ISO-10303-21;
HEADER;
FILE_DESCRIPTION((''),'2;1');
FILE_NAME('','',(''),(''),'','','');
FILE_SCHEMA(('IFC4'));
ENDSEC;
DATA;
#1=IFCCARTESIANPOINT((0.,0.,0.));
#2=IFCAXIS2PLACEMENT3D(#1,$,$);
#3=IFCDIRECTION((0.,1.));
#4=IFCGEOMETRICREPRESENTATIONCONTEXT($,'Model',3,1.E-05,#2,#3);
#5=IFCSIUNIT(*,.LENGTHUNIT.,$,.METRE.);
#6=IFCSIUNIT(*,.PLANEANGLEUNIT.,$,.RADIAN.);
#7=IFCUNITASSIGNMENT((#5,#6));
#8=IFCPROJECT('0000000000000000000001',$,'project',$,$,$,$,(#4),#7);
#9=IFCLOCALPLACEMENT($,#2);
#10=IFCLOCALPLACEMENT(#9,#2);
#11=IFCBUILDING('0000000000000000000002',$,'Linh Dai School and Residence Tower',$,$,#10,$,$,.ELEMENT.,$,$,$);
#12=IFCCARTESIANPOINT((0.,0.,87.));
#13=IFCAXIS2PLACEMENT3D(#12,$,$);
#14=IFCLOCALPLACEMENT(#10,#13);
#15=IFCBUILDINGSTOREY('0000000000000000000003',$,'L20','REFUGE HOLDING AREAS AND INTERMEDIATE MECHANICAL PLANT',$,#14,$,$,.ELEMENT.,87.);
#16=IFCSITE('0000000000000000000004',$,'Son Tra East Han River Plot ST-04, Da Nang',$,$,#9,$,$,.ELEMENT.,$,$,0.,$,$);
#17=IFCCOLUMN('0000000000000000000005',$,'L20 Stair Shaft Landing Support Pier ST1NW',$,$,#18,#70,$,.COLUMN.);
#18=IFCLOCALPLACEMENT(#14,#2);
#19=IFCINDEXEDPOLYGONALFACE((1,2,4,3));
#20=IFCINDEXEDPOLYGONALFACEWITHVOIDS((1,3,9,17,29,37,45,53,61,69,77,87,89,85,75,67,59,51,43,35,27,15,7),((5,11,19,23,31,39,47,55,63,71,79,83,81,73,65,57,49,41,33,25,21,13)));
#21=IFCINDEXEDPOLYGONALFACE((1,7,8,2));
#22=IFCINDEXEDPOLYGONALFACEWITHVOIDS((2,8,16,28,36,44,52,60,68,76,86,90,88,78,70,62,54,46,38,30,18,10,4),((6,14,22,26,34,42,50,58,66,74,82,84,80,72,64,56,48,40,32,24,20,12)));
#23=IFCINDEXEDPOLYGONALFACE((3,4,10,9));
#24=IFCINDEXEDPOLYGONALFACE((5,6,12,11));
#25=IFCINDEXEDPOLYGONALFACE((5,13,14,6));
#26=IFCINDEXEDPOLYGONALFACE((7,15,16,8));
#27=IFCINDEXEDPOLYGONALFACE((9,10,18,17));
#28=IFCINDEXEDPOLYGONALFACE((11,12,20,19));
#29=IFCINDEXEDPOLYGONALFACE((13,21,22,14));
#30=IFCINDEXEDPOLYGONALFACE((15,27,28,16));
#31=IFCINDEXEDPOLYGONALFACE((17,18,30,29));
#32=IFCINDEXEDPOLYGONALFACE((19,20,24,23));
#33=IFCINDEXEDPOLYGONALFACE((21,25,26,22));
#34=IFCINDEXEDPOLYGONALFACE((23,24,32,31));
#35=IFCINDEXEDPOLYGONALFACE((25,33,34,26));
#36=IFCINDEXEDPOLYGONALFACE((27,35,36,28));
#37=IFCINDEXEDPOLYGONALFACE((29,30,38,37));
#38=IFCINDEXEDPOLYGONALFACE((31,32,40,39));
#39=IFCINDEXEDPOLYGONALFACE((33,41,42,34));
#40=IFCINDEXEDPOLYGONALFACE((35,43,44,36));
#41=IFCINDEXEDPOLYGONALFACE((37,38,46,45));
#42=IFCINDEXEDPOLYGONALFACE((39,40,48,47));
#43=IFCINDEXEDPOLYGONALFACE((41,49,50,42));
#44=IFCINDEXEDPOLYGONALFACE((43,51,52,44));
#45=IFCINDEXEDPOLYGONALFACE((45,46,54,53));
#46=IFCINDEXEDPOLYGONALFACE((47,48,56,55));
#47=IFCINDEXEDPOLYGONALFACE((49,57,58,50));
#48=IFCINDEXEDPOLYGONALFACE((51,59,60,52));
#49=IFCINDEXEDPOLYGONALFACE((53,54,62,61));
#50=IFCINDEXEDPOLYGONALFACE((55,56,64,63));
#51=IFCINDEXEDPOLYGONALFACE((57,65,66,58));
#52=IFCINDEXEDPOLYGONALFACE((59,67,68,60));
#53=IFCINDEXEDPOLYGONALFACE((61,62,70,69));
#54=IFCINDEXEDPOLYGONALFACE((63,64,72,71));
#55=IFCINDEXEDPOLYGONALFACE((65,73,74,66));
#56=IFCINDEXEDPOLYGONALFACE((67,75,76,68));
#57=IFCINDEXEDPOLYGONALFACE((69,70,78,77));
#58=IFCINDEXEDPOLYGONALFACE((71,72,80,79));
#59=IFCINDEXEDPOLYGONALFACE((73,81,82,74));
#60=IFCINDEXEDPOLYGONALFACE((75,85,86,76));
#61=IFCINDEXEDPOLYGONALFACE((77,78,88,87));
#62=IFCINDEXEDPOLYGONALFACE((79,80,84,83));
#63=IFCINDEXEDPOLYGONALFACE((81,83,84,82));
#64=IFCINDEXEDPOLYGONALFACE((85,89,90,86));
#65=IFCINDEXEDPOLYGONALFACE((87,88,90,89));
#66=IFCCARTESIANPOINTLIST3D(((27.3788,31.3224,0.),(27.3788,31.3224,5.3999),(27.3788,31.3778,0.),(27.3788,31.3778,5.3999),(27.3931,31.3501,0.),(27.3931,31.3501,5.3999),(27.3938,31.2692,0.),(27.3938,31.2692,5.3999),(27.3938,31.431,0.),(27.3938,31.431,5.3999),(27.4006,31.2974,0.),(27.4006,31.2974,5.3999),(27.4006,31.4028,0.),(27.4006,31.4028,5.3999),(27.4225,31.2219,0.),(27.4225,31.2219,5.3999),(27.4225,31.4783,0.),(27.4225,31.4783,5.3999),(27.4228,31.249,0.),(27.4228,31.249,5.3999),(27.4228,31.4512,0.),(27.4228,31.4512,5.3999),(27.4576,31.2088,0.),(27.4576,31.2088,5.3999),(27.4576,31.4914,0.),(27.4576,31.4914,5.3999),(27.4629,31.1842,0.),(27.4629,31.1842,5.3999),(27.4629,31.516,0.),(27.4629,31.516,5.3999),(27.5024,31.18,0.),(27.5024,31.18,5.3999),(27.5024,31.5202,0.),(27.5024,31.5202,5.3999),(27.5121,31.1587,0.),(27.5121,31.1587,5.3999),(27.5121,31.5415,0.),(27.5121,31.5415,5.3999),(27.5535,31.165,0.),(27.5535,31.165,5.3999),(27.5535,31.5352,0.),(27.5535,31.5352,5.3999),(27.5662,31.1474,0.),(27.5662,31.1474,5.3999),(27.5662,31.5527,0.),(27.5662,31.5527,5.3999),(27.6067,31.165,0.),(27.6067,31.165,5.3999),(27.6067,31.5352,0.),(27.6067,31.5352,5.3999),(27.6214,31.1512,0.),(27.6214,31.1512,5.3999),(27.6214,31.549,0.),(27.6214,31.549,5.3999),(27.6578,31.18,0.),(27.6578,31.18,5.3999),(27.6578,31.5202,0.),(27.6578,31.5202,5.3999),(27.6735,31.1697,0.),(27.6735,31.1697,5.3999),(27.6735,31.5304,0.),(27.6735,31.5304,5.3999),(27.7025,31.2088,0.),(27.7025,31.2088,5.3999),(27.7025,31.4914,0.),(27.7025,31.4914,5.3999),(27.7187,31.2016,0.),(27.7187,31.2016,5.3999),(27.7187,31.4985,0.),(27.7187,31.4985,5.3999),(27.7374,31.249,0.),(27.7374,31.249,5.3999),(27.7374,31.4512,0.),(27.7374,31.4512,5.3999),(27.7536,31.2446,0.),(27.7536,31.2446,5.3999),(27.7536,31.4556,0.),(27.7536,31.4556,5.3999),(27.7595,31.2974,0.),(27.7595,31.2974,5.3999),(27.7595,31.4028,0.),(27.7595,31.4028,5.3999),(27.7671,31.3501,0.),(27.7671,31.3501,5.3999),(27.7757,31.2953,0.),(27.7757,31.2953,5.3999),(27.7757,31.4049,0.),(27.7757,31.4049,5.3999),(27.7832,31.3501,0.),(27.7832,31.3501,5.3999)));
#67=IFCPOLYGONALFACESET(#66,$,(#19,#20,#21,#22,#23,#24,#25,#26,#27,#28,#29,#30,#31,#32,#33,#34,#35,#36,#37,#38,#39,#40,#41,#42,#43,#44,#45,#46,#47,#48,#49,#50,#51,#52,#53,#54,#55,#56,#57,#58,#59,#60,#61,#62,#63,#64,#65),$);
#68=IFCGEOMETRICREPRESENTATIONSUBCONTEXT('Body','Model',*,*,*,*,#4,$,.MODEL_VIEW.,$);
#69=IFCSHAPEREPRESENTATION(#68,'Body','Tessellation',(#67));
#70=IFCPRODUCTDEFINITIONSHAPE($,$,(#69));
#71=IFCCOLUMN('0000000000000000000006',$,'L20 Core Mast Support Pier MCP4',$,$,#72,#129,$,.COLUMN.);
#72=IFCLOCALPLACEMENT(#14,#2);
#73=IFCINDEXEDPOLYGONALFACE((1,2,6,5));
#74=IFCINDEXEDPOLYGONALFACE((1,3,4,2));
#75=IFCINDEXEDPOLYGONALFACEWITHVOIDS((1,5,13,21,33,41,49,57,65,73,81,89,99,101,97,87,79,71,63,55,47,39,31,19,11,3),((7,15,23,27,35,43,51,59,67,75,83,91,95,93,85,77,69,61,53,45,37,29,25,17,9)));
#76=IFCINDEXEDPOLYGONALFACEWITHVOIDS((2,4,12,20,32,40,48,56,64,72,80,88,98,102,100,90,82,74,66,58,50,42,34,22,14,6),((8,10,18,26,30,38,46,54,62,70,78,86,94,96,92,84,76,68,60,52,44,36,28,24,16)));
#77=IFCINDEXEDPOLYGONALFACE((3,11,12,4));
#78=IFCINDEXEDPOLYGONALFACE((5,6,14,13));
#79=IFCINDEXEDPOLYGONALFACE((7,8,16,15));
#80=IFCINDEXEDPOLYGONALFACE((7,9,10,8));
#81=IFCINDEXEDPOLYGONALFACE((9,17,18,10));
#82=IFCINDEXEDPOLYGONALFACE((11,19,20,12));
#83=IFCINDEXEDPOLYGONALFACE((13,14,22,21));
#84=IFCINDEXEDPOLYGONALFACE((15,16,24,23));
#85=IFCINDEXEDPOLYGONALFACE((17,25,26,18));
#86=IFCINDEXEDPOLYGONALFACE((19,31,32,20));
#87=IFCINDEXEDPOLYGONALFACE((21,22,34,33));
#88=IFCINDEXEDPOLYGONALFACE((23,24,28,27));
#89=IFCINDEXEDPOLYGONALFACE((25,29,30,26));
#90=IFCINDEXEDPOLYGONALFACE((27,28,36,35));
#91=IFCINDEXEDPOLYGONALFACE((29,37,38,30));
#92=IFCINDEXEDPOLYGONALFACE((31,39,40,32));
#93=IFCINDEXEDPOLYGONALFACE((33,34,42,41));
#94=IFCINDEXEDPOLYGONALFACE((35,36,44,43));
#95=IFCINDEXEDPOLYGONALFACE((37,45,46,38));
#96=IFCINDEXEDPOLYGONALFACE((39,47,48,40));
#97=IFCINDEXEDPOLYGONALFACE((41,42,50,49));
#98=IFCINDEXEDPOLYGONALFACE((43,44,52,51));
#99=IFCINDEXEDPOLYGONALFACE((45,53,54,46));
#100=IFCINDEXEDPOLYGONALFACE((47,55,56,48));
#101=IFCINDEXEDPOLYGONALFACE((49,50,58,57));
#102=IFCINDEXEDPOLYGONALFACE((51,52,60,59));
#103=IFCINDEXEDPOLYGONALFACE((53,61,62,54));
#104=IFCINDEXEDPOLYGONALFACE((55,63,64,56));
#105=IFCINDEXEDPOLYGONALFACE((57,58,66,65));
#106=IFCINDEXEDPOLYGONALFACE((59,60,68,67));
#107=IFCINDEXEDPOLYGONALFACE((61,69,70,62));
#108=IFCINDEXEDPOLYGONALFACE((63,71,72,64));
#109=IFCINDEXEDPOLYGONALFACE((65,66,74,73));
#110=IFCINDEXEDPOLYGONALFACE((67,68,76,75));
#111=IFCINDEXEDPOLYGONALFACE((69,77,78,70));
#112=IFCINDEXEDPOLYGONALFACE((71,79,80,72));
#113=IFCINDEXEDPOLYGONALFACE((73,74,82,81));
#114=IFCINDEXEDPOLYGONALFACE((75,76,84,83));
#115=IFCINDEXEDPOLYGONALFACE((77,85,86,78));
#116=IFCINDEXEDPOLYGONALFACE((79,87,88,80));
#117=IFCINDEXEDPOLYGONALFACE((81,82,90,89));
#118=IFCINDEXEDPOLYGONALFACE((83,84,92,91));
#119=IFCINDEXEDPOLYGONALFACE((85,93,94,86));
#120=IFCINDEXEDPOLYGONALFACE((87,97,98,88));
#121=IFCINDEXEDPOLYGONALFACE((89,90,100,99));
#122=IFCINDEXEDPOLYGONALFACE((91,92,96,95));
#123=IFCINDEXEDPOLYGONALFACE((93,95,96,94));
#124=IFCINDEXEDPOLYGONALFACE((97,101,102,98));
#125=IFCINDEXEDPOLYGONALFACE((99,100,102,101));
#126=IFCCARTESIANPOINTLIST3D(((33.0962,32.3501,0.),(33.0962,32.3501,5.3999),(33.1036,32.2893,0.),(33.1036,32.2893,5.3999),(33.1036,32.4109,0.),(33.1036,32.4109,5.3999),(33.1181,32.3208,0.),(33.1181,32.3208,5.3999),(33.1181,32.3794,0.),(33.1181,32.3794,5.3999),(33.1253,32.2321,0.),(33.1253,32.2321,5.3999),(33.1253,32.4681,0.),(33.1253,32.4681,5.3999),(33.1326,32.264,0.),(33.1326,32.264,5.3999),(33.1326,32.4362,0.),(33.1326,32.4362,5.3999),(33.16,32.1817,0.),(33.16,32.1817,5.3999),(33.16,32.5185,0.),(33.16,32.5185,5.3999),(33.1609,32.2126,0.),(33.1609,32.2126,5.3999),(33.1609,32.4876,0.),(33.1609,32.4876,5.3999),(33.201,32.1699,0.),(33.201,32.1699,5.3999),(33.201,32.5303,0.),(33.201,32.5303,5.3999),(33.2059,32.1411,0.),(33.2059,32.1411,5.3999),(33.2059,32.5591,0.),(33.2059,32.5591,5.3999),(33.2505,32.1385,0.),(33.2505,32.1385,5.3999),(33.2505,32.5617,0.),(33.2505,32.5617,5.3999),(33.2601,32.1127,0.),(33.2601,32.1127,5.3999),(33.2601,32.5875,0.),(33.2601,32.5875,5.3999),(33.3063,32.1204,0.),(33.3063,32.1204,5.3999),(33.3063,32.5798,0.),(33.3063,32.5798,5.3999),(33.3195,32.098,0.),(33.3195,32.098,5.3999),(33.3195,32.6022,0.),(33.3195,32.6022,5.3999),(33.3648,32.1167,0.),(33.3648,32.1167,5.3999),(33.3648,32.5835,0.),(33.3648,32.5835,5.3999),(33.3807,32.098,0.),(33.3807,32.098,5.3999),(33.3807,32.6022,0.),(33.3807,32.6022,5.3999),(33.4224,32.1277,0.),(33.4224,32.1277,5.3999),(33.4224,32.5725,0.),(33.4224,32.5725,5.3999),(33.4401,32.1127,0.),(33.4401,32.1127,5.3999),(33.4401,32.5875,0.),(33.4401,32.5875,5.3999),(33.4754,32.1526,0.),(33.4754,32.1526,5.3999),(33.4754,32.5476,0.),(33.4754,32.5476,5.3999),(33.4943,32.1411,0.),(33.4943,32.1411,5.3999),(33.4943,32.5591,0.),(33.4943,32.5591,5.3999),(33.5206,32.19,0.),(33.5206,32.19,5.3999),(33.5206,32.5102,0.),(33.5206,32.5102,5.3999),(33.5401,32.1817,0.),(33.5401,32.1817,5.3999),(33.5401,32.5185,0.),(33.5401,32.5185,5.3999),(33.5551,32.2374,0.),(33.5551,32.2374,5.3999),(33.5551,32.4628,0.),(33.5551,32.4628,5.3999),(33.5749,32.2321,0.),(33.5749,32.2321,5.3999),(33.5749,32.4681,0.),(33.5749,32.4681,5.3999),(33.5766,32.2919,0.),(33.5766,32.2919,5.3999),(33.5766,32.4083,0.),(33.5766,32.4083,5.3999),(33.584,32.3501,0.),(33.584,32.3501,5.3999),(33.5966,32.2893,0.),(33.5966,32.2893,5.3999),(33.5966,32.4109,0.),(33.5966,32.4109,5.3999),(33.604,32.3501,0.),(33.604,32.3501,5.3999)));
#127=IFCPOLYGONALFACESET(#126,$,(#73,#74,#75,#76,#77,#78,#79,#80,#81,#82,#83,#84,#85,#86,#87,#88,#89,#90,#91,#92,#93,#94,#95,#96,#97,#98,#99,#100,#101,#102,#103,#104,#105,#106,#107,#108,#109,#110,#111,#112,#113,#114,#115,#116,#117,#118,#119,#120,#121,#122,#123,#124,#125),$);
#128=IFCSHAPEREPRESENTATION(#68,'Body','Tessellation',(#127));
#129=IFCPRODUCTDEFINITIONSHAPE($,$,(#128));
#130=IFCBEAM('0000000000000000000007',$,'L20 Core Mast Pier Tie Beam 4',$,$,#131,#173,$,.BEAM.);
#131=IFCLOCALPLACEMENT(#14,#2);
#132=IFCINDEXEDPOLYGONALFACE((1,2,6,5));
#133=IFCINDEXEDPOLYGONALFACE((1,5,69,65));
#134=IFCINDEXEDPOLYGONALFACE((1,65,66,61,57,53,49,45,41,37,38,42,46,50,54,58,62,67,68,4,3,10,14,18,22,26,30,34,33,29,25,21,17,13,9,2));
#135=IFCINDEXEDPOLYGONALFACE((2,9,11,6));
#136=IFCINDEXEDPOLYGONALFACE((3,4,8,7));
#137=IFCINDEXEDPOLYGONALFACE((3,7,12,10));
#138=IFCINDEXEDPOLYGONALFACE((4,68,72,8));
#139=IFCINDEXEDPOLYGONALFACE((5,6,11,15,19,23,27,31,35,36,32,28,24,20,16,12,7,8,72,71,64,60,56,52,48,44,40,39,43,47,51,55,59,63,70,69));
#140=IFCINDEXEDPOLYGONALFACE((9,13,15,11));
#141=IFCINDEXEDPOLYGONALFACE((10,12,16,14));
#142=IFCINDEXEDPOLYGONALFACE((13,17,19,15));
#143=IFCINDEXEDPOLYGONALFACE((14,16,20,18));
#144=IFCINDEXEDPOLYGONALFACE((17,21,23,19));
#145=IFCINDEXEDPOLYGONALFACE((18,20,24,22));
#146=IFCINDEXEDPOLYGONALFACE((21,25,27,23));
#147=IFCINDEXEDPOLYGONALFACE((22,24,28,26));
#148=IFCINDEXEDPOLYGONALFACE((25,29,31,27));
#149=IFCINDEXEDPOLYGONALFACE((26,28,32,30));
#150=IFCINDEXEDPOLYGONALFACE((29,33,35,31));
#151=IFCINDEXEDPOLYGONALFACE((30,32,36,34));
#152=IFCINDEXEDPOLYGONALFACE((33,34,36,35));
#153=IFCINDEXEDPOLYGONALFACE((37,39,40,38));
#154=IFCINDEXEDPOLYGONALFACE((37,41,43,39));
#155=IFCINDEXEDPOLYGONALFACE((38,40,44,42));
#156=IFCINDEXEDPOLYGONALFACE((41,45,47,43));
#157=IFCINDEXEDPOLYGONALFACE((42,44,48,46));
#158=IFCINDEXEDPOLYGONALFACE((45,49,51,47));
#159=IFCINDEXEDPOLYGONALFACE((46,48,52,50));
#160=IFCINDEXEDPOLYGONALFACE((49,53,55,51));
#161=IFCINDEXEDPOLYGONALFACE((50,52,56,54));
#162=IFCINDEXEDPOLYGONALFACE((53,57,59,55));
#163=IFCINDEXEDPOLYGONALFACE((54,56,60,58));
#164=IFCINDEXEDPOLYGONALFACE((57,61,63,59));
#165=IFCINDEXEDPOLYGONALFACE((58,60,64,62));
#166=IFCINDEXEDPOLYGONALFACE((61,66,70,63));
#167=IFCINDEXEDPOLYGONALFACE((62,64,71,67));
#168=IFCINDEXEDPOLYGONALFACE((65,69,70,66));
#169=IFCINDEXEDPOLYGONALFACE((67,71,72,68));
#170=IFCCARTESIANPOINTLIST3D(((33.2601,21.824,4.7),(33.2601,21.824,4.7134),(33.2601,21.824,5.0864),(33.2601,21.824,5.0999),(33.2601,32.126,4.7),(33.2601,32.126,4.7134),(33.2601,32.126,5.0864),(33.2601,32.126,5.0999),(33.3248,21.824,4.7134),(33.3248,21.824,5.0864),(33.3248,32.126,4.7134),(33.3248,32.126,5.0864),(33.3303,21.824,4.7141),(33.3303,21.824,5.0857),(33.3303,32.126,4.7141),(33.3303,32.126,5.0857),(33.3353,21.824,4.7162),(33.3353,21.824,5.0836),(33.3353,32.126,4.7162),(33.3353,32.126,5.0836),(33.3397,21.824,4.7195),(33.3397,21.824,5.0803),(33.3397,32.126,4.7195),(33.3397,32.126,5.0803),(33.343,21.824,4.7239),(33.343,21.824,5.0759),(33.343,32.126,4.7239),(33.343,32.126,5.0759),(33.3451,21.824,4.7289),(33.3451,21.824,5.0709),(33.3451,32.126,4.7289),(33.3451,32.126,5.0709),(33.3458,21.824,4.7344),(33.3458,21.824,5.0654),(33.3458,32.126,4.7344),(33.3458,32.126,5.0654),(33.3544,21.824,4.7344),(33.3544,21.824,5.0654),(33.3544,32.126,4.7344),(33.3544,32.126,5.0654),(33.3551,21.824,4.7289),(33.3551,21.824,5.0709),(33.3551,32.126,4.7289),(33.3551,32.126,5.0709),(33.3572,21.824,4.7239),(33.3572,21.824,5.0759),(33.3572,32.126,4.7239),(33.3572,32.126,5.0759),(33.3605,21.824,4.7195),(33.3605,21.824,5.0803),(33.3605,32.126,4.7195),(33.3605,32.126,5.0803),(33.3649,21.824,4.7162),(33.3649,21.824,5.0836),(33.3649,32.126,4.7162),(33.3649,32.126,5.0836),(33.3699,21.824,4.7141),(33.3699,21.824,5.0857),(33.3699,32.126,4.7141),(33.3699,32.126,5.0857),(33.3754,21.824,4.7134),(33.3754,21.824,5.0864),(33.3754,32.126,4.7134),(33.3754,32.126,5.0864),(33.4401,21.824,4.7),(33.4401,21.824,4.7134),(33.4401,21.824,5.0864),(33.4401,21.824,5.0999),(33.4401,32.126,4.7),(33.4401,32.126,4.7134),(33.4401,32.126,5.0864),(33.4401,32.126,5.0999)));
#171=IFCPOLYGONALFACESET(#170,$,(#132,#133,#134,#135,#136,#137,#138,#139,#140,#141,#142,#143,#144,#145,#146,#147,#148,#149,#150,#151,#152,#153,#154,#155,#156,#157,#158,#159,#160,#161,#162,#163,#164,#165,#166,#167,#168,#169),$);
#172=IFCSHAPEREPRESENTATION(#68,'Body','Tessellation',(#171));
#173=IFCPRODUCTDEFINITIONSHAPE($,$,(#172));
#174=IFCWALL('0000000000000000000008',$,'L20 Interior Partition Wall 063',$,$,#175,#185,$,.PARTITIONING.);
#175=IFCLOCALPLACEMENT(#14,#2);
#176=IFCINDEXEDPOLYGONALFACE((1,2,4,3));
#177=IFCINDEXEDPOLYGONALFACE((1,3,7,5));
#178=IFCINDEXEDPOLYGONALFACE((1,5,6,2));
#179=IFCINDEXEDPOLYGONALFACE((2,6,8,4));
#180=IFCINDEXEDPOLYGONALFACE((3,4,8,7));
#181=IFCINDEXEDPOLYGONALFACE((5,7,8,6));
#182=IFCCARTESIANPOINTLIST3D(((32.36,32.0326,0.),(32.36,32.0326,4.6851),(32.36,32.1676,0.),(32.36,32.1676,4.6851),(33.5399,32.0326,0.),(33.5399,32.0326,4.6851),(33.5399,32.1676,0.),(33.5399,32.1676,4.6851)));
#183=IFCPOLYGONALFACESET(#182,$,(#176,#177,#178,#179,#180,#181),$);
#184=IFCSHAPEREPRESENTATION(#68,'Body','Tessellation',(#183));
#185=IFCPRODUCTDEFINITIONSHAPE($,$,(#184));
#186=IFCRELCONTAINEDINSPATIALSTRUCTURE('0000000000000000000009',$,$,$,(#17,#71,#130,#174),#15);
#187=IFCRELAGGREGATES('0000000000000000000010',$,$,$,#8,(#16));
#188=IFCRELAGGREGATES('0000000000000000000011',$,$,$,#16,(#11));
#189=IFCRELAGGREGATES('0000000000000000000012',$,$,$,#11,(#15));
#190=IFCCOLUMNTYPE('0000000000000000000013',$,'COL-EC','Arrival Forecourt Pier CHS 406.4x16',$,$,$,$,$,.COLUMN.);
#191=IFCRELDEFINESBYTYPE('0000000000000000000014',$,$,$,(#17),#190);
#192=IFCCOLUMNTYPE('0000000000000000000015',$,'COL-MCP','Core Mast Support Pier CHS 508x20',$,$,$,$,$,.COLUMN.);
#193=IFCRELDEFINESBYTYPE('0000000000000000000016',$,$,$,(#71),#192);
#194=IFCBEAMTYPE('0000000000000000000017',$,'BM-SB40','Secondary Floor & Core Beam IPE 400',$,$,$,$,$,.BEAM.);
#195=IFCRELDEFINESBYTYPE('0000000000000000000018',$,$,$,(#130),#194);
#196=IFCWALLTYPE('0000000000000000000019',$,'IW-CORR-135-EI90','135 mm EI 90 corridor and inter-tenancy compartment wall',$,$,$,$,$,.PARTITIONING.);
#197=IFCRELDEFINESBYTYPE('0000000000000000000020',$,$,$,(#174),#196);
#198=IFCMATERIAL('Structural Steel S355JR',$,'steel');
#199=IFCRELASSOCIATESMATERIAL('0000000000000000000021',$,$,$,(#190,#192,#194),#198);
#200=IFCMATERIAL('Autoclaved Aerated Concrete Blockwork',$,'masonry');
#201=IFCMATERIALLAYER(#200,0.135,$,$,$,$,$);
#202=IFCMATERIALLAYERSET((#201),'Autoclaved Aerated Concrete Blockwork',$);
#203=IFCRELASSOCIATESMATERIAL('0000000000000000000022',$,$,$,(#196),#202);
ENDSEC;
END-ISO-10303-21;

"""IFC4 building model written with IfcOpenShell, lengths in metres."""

from ifc_helpers import new_model, si_unit, direction, frame, frame_2d, origin, origin_2d, place, context, subcontext, project, spatial, rectangle, hollow_circle, i_section, extrude, material, layer, layer_set, material_profile, profile_set, type_object, element, save


model = new_model("IFC4")

# Units and contexts
model_context = context("Model", 3, precision=1e-05, world=origin(), true_north=direction((0.0, 1.0)))
body_context = subcontext(model_context, "Body", "Model", "MODEL_VIEW")
ifc_project = project(units=[si_unit("LENGTHUNIT", "METRE"), si_unit("PLANEANGLEUNIT", "RADIAN")], contexts=[model_context])

# Site, building, storey
site_placement = place(None, origin())
site = spatial("IfcSite", under=ifc_project, at=site_placement, Name="Son Tra East Han River Plot ST-04, Da Nang", CompositionType="ELEMENT", RefElevation=0.0)
building_placement = place(site_placement, origin())
building = spatial("IfcBuilding", under=site, at=building_placement, Name="Linh Dai School and Residence Tower", CompositionType="ELEMENT")
storey_placement = place(building_placement, frame((0.0, 0.0, 87.0)))
storey = spatial("IfcBuildingStorey", under=building, at=storey_placement, Name="L20", Description="REFUGE HOLDING AREAS AND INTERMEDIATE MECHANICAL PLANT", CompositionType="ELEMENT", Elevation=87.0)

# Columns
ifc_material_1 = material(Name="Structural Steel S355JR", Category="steel")
ifc_material_profile_1 = material_profile(ifc_material_1, hollow_circle(Radius=0.2031, WallThickness=0.0161, at=origin_2d()), Name="CHS 406.4x16")
ifc_profile_set_1 = profile_set([ifc_material_profile_1], Name="Structural Steel S355JR")
column_type_1 = type_object("IfcColumnType", Name="COL-EC", Description="Arrival Forecourt Pier CHS 406.4x16", PredefinedType="COLUMN", material=ifc_profile_set_1)
column_1_placement = place(storey_placement, frame((27.5801, 31.3501, 0.0), z_axis=(0.0, 0.0, 1.0), x_axis=(1.0, 0.0, 0.0)))
element("IfcColumn", 1, at=column_1_placement, inside=storey, type_object=column_type_1, Name="L20 Stair Shaft Landing Support Pier ST1NW", PredefinedType="COLUMN", context=body_context, shape_type="SweptSolid", body=[
    extrude(hollow_circle(Radius=0.2031, WallThickness=0.0161, at=origin_2d()), origin(), (0.0, 0.0, 1.0), 5.3999),
])
ifc_material_profile_2 = material_profile(ifc_material_1, hollow_circle(Radius=0.2539, WallThickness=0.02, at=origin_2d()), Name="CHS 508x20")
ifc_profile_set_2 = profile_set([ifc_material_profile_2], Name="Structural Steel S355JR")
column_type_2 = type_object("IfcColumnType", Name="COL-MCP", Description="Core Mast Support Pier CHS 508x20", PredefinedType="COLUMN", material=ifc_profile_set_2)
column_2_placement = place(storey_placement, frame((33.3501, 32.3501, 0.0), z_axis=(0.0, 0.0, 1.0), x_axis=(1.0, 0.0, 0.0)))
element("IfcColumn", 2, at=column_2_placement, inside=storey, type_object=column_type_2, Name="L20 Core Mast Support Pier MCP4", PredefinedType="COLUMN", context=body_context, shape_type="SweptSolid", body=[
    extrude(hollow_circle(Radius=0.2539, WallThickness=0.02, at=origin_2d()), origin(), (0.0, 0.0, 1.0), 5.3999),
])

# Beam
ifc_material_profile_3 = material_profile(ifc_material_1, i_section(OverallWidth=0.1799, OverallDepth=0.3999, WebThickness=0.0085, FlangeThickness=0.0134, FilletRadius=0.021, at=origin_2d()), Name="IPE 400")
ifc_profile_set_3 = profile_set([ifc_material_profile_3], Name="Structural Steel S355JR")
beam_type = type_object("IfcBeamType", Name="BM-SB40", Description="Secondary Floor & Core Beam IPE 400", PredefinedType="BEAM", material=ifc_profile_set_3)
beam_placement = place(storey_placement, frame((33.3501, 32.126, 4.8999), z_axis=(0.0, -1.0, 0.0), x_axis=(1.0, 0.0, 0.0)))
element("IfcBeam", 3, at=beam_placement, inside=storey, type_object=beam_type, Name="L20 Core Mast Pier Tie Beam 4", PredefinedType="BEAM", context=body_context, shape_type="SweptSolid", body=[
    extrude(i_section(OverallWidth=0.1799, OverallDepth=0.3999, WebThickness=0.0085, FlangeThickness=0.0134, FilletRadius=0.021, at=origin_2d()), origin(), (0.0, 0.0, 1.0), 10.302),
])

# Wall
ifc_material_2 = material(Name="Autoclaved Aerated Concrete Blockwork", Category="masonry")
ifc_layer_1 = layer(ifc_material_2, 0.135)
ifc_layer_set_1 = layer_set([ifc_layer_1], Name="Autoclaved Aerated Concrete Blockwork")
wall_type_1 = type_object("IfcWallType", Name="IW-CORR-135-EI90", Description="135 mm EI 90 corridor and inter-tenancy compartment wall", PredefinedType="PARTITIONING", material=ifc_layer_set_1)
wall_1_placement = place(storey_placement, frame((32.3601, 32.1001, 0.0), z_axis=(0.0, 0.0, 1.0), x_axis=(1.0, 0.0, 0.0)))
element("IfcWall", 4, at=wall_1_placement, inside=storey, type_object=wall_type_1, Name="L20 Interior Partition Wall 063", PredefinedType="PARTITIONING", context=body_context, shape_type="SweptSolid", body=[
    extrude(rectangle(XDim=1.1799, YDim=0.135, at=frame_2d((0.5898, 0.0))), origin(), (0.0, 0.0, 1.0), 4.6851),
])

save(model, "model.ifc")
